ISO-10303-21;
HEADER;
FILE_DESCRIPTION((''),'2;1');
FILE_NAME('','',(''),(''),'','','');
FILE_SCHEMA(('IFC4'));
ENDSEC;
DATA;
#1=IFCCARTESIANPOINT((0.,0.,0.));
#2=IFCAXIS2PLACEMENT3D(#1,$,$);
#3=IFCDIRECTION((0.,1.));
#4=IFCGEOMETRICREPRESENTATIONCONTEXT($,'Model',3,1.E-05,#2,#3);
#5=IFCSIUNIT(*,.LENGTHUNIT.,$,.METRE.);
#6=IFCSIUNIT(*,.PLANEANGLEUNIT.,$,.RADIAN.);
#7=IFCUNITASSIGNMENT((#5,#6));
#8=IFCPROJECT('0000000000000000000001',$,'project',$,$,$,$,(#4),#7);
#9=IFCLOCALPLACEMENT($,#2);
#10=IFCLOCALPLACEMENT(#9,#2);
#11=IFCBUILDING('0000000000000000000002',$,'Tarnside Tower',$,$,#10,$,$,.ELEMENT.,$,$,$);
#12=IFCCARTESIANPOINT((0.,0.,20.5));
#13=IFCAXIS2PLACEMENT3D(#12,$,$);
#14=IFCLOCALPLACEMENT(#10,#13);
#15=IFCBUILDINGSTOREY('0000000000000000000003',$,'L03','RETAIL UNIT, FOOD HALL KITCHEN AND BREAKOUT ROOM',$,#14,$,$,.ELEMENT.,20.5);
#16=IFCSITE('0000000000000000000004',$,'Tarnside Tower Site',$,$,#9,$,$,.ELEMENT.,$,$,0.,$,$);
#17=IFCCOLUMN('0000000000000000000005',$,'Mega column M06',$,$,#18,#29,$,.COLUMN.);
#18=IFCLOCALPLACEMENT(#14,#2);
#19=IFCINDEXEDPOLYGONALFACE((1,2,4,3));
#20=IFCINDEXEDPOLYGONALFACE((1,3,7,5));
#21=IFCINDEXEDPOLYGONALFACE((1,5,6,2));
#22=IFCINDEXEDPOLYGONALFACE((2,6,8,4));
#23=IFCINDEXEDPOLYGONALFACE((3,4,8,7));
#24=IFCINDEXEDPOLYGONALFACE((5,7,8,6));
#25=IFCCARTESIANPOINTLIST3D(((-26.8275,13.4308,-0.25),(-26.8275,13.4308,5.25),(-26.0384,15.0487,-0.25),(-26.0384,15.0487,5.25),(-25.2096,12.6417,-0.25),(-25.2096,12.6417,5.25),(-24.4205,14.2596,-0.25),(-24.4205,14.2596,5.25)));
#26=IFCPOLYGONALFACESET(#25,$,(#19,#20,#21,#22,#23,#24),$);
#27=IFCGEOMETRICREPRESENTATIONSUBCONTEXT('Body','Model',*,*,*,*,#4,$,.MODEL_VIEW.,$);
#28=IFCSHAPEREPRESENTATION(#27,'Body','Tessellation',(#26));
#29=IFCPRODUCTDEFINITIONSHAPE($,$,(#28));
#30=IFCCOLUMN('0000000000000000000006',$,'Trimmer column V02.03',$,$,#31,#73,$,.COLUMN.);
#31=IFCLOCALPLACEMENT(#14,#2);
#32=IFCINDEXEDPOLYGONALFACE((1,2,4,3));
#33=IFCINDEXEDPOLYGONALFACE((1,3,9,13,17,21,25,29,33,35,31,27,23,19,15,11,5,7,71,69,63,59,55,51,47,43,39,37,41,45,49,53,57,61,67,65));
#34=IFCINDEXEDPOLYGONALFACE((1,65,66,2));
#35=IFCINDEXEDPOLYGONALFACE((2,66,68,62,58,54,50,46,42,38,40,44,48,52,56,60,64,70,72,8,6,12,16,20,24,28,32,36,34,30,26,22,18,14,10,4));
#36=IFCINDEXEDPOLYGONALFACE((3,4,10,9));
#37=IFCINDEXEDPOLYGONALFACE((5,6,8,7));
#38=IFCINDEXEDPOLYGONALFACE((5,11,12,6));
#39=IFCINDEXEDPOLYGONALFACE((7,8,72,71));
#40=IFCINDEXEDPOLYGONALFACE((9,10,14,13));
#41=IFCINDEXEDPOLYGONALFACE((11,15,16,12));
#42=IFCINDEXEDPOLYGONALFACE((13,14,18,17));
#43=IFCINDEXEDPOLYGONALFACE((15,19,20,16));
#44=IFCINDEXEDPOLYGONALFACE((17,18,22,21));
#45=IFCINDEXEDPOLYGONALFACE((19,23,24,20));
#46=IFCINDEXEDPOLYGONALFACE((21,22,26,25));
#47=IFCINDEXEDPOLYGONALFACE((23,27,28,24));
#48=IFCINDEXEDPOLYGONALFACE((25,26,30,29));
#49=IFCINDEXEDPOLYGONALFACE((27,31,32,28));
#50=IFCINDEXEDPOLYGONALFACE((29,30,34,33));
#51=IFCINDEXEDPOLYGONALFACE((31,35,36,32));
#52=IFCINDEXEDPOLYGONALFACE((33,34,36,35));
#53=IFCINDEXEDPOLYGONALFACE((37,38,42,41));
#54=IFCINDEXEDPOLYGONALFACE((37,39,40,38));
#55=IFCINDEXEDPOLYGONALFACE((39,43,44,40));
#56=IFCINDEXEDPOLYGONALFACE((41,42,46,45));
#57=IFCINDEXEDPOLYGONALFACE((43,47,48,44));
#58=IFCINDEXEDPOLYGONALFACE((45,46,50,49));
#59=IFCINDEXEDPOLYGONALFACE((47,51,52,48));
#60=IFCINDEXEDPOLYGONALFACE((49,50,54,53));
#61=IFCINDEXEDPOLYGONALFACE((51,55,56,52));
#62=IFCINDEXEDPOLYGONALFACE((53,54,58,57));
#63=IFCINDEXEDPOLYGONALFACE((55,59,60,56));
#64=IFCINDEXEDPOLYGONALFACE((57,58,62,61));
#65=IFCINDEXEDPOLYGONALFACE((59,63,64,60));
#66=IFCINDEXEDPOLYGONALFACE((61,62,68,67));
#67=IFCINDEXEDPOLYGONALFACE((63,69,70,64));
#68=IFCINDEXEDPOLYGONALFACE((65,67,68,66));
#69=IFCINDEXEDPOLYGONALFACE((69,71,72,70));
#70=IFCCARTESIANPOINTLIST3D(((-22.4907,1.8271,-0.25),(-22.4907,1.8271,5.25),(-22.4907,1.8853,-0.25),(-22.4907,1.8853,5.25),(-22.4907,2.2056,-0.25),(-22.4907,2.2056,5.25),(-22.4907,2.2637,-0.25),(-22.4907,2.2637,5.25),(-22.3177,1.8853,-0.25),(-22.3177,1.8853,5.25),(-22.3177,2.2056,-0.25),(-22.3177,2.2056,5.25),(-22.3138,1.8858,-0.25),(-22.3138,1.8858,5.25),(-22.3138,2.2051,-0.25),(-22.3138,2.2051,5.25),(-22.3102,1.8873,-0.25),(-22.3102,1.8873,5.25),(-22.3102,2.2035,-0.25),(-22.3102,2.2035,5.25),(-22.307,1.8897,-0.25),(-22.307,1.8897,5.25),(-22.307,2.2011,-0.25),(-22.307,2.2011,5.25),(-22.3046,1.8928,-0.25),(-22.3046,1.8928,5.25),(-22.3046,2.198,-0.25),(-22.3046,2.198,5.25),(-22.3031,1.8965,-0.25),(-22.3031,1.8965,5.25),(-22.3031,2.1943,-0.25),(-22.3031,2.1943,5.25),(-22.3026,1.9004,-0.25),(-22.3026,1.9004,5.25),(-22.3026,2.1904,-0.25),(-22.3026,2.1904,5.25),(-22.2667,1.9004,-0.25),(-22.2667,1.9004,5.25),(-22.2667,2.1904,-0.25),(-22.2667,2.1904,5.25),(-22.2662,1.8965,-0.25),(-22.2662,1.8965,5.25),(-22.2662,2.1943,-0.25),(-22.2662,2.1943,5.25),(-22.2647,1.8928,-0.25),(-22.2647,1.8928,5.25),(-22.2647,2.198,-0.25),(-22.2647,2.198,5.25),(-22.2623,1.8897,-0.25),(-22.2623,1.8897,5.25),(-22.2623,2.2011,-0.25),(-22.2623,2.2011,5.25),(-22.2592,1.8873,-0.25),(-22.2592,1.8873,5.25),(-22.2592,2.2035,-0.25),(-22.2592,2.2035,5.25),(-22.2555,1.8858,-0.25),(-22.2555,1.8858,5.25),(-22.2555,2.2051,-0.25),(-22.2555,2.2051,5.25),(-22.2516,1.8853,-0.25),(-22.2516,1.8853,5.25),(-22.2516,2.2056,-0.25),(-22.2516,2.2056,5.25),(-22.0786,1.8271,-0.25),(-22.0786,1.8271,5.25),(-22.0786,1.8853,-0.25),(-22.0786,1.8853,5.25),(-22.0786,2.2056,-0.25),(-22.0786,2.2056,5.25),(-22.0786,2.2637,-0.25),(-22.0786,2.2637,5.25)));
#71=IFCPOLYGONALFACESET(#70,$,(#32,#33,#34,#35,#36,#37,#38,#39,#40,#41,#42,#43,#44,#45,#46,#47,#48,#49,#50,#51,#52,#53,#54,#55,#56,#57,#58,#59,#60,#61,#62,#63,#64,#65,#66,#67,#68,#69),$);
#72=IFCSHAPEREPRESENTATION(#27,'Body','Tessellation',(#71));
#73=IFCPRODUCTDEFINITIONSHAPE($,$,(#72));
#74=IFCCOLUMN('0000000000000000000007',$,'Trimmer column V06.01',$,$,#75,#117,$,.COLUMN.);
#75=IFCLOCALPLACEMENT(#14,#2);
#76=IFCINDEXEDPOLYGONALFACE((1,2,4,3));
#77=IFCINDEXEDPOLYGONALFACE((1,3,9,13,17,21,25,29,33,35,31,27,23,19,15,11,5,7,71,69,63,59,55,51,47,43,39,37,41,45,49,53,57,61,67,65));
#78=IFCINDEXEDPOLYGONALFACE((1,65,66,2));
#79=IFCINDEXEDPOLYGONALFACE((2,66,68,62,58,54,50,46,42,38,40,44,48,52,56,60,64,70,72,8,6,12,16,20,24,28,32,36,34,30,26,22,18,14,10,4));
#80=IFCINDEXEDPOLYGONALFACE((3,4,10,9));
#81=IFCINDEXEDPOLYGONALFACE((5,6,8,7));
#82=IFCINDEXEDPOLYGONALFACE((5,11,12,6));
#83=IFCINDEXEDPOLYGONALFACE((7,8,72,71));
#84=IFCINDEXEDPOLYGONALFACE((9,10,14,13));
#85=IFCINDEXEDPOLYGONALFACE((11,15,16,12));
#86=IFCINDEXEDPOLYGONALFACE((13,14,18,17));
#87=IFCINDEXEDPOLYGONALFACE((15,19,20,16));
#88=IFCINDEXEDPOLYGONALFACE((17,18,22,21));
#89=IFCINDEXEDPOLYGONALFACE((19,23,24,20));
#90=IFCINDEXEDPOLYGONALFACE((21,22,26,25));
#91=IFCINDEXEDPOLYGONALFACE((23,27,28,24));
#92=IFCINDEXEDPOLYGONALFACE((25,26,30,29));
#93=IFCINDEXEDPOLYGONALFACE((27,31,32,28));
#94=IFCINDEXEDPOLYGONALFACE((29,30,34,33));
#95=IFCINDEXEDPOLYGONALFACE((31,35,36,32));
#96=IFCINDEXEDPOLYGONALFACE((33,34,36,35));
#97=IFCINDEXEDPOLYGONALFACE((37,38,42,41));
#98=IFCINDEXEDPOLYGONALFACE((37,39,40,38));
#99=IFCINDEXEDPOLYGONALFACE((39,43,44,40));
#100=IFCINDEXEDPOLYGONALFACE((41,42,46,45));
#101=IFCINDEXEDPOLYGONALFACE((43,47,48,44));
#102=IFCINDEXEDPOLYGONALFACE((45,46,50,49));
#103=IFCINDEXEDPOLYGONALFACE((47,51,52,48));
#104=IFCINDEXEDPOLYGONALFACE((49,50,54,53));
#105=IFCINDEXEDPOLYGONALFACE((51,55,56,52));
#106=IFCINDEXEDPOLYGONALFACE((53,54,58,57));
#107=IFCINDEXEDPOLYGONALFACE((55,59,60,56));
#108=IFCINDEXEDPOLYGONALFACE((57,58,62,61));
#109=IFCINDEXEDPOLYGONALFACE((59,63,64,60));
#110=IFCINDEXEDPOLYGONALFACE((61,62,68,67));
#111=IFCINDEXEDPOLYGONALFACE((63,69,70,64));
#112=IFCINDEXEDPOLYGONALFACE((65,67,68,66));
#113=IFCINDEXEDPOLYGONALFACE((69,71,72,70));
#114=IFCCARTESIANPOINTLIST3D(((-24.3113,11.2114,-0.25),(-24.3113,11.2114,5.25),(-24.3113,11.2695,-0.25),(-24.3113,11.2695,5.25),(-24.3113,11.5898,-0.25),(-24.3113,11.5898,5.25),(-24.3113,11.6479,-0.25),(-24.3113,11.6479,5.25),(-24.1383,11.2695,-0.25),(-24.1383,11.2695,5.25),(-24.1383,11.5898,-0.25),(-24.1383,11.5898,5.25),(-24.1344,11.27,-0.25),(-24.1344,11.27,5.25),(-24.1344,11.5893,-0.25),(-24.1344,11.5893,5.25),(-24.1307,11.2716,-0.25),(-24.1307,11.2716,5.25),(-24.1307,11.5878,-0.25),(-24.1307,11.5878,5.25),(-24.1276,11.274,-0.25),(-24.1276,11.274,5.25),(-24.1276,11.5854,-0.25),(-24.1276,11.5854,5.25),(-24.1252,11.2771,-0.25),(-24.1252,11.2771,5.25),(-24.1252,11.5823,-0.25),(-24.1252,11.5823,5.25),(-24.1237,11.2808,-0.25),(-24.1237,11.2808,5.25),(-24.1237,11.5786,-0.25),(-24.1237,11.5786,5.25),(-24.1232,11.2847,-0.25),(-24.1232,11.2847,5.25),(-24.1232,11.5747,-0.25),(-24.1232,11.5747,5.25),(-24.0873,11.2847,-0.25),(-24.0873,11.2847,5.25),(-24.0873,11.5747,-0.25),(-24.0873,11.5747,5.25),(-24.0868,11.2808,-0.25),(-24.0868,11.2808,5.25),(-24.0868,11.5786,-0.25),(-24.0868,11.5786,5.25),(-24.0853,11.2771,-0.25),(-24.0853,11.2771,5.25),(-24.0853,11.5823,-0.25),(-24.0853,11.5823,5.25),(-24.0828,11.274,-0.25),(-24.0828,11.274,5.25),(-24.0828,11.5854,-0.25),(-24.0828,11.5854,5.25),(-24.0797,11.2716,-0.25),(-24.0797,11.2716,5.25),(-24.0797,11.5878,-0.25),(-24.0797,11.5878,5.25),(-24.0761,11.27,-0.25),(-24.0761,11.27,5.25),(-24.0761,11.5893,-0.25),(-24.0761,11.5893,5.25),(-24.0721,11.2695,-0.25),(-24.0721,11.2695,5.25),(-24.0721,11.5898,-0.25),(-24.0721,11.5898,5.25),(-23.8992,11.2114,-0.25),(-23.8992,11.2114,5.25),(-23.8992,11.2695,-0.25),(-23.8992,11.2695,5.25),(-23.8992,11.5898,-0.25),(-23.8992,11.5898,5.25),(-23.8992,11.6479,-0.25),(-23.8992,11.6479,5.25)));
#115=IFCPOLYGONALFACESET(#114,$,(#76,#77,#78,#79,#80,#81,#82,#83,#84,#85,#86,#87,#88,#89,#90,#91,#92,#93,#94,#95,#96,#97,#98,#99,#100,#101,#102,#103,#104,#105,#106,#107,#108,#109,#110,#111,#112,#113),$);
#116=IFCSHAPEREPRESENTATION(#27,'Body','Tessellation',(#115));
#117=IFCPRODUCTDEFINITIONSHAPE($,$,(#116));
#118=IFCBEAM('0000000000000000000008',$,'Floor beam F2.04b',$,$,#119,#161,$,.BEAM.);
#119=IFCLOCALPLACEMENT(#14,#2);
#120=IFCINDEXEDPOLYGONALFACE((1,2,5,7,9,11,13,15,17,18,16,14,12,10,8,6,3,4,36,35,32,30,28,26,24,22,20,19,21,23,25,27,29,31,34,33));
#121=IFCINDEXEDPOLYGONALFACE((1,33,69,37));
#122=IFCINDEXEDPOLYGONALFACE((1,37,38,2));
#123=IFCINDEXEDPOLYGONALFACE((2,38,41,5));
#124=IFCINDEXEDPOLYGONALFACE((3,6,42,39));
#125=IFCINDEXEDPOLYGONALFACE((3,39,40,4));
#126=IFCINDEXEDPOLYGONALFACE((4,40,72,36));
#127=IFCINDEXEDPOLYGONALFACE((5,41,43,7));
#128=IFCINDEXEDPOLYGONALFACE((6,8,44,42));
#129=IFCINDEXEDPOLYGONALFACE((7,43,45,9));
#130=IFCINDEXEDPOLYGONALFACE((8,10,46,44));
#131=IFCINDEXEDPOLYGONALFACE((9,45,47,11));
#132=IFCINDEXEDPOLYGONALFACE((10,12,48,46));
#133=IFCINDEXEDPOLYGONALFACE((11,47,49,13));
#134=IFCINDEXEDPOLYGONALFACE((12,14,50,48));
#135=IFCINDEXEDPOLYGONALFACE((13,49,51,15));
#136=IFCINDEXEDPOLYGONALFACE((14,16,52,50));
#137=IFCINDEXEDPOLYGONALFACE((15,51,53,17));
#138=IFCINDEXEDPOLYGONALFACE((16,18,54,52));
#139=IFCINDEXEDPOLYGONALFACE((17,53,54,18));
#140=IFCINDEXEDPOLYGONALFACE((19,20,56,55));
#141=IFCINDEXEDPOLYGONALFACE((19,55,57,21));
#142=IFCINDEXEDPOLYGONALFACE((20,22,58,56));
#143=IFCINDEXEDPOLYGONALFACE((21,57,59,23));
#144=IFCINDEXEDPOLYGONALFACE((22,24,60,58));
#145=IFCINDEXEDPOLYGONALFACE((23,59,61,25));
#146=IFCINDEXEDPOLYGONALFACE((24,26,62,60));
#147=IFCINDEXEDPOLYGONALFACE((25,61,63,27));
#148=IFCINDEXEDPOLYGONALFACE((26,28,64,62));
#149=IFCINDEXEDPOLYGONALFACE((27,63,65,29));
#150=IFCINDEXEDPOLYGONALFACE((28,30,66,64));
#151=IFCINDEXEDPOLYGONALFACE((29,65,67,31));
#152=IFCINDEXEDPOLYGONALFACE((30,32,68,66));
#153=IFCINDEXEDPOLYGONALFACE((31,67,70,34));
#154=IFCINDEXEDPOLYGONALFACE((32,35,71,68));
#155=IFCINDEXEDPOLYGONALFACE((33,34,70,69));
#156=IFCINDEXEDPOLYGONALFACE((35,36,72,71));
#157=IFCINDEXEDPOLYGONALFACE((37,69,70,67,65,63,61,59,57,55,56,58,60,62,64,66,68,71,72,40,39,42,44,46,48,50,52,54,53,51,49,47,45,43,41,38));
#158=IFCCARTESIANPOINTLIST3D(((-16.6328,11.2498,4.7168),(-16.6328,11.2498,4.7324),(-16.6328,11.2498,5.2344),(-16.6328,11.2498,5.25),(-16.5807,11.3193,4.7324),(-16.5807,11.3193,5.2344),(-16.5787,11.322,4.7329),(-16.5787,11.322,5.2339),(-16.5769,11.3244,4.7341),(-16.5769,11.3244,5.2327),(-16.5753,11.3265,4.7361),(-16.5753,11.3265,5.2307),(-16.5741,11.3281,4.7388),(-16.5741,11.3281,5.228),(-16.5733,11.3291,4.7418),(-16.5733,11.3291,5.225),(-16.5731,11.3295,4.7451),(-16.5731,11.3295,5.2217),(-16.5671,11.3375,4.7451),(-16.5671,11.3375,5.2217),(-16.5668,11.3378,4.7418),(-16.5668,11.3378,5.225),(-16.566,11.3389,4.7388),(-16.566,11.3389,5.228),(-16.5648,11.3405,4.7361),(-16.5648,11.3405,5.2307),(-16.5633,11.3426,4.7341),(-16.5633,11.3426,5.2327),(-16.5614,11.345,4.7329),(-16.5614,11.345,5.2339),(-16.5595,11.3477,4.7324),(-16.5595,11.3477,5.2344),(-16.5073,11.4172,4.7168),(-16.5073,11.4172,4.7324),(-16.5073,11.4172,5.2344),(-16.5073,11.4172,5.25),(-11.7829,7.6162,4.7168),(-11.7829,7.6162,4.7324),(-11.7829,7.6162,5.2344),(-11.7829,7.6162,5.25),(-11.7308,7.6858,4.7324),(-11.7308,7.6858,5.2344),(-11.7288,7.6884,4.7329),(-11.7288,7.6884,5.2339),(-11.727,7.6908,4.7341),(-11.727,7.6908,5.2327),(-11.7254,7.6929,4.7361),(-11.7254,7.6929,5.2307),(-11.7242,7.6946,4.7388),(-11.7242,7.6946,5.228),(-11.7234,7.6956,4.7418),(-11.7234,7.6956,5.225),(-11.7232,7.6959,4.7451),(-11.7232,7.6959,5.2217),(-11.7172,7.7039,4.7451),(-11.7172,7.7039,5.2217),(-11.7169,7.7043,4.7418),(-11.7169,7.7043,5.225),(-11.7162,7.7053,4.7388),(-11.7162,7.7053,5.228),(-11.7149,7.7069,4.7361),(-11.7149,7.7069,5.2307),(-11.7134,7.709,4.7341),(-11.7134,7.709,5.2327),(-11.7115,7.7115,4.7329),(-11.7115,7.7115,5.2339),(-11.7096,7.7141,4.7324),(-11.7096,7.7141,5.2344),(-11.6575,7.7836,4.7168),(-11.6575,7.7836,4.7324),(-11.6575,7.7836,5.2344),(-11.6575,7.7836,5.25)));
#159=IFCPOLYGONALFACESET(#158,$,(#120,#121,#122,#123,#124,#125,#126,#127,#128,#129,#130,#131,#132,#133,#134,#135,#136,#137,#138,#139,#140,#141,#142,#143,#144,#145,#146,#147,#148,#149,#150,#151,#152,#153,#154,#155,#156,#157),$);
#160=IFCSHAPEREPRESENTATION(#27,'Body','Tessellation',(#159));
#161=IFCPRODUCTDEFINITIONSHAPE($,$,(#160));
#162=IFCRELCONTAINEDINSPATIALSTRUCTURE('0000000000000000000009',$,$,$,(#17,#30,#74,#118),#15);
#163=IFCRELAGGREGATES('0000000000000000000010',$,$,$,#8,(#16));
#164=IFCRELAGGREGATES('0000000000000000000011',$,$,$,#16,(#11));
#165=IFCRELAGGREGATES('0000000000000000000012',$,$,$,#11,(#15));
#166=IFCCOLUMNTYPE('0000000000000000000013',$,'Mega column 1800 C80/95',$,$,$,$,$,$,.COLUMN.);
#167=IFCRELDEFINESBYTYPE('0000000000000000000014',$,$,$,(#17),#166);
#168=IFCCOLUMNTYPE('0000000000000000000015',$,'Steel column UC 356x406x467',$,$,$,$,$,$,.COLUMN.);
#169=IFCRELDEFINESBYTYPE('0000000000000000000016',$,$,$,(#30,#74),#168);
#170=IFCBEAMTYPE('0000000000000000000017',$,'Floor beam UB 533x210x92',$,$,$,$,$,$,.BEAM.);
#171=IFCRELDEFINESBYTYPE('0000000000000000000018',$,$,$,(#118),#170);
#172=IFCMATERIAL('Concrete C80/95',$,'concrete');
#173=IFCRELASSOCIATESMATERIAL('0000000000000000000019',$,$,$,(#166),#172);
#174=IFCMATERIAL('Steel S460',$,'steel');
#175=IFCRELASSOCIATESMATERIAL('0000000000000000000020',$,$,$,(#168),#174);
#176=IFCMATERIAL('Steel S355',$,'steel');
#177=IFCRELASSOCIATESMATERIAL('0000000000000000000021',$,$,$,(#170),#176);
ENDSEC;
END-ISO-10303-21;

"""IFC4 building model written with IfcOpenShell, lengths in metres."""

from ifc_helpers import new_model, si_unit, direction, frame, origin, origin_2d, place, context, subcontext, project, spatial, rectangle, i_section, extrude, material, material_profile, profile_set, type_object, element, save


model = new_model("IFC4")

# Units and contexts
model_context = context("Model", 3, precision=1e-05, world=origin(), true_north=direction((0.0, 1.0)))
body_context = subcontext(model_context, "Body", "Model", "MODEL_VIEW")
ifc_project = project(units=[si_unit("LENGTHUNIT", "METRE"), si_unit("PLANEANGLEUNIT", "RADIAN")], contexts=[model_context])

# Site, building, storey
site_placement = place(None, origin())
site = spatial("IfcSite", under=ifc_project, at=site_placement, Name="Tarnside Tower Site", CompositionType="ELEMENT", RefElevation=0.0)
building_placement = place(site_placement, origin())
building = spatial("IfcBuilding", under=site, at=building_placement, Name="Tarnside Tower", CompositionType="ELEMENT")
storey_placement = place(building_placement, frame((0.0, 0.0, 20.5)))
storey = spatial("IfcBuildingStorey", under=building, at=storey_placement, Name="L03", Description="RETAIL UNIT, FOOD HALL KITCHEN AND BREAKOUT ROOM", CompositionType="ELEMENT", Elevation=20.5)

# Columns
ifc_material_1 = material(Name="Concrete C80/95", Category="concrete")
ifc_material_profile_1 = material_profile(ifc_material_1, rectangle(XDim=1.8, YDim=1.8, at=origin_2d()), Name="Mega column 1800x1800")
ifc_profile_set_1 = profile_set([ifc_material_profile_1], Name="Concrete C80/95")
column_type_1 = type_object("IfcColumnType", Name="Mega column 1800 C80/95", PredefinedType="COLUMN", material=ifc_profile_set_1)
column_placement = place(storey_placement, frame((-25.624, 13.8452, -0.25), z_axis=(0.0, 0.0, 1.0), x_axis=(0.438371, 0.898794, 0.0)))
element("IfcColumn", 1, at=column_placement, inside=storey, type_object=column_type_1, Name="Mega column M06", PredefinedType="COLUMN", context=body_context, shape_type="SweptSolid", body=[
    extrude(rectangle(XDim=1.8, YDim=1.8, at=origin_2d()), origin(), (0.0, 0.0, 1.0), 5.5),
])
ifc_material_2 = material(Name="Steel S460", Category="steel")
ifc_material_profile_2 = material_profile(ifc_material_2, i_section(OverallWidth=0.4121, OverallDepth=0.4365, WebThickness=0.0359, FlangeThickness=0.0581, FilletRadius=0.0151, at=origin_2d()), Name="UC 356x406x467")
ifc_profile_set_2 = profile_set([ifc_material_profile_2], Name="Steel S460")
column_type_2 = type_object("IfcColumnType", Name="Steel column UC 356x406x467", PredefinedType="COLUMN", material=ifc_profile_set_2)
for number, where, z_axis, x_axis, name in (
    (2, (-22.2847, 2.0454, -0.25), (0.0, 0.0, 1.0), (1.0, 0.0, 0.0), "Trimmer column V02.03"),
    (3, (-24.1052, 11.4297, -0.25), (0.0, 0.0, 1.0), (1.0, 0.0, 0.0), "Trimmer column V06.01"),
):
    element("IfcColumn", number, at=place(storey_placement, frame(where, z_axis=z_axis, x_axis=x_axis)), inside=storey, type_object=column_type_2, Name=name, PredefinedType="COLUMN", context=body_context, shape_type="SweptSolid", body=[
        extrude(i_section(OverallWidth=0.4121, OverallDepth=0.4365, WebThickness=0.0359, FlangeThickness=0.0581, FilletRadius=0.0151, at=origin_2d()), origin(), (0.0, 0.0, 1.0), 5.5),
    ])

# Beam
ifc_material_3 = material(Name="Steel S355", Category="steel")
ifc_material_profile_3 = material_profile(ifc_material_3, i_section(OverallWidth=0.2092, OverallDepth=0.5332, WebThickness=0.01, FlangeThickness=0.0156, FilletRadius=0.0127, at=origin_2d()), Name="UB 533x210x92")
ifc_profile_set_3 = profile_set([ifc_material_profile_3], Name="Steel S355")
beam_type_1 = type_object("IfcBeamType", Name="Floor beam UB 533x210x92", PredefinedType="BEAM", material=ifc_profile_set_3)
beam_1_placement = place(storey_placement, frame((-16.5701, 11.3335, 4.9834), z_axis=(0.800304, -0.599594, 0.0), x_axis=(0.599594, 0.800304, 0.0)))
element("IfcBeam", 4, at=beam_1_placement, inside=storey, type_object=beam_type_1, Name="Floor beam F2.04b", PredefinedType="BEAM", context=body_context, shape_type="SweptSolid", body=[
    extrude(i_section(OverallWidth=0.2092, OverallDepth=0.5332, WebThickness=0.01, FlangeThickness=0.0156, FilletRadius=0.0127, at=origin_2d()), origin(), (0.0, 0.0, 1.0), 6.0601),
])

save(model, "model.ifc")
